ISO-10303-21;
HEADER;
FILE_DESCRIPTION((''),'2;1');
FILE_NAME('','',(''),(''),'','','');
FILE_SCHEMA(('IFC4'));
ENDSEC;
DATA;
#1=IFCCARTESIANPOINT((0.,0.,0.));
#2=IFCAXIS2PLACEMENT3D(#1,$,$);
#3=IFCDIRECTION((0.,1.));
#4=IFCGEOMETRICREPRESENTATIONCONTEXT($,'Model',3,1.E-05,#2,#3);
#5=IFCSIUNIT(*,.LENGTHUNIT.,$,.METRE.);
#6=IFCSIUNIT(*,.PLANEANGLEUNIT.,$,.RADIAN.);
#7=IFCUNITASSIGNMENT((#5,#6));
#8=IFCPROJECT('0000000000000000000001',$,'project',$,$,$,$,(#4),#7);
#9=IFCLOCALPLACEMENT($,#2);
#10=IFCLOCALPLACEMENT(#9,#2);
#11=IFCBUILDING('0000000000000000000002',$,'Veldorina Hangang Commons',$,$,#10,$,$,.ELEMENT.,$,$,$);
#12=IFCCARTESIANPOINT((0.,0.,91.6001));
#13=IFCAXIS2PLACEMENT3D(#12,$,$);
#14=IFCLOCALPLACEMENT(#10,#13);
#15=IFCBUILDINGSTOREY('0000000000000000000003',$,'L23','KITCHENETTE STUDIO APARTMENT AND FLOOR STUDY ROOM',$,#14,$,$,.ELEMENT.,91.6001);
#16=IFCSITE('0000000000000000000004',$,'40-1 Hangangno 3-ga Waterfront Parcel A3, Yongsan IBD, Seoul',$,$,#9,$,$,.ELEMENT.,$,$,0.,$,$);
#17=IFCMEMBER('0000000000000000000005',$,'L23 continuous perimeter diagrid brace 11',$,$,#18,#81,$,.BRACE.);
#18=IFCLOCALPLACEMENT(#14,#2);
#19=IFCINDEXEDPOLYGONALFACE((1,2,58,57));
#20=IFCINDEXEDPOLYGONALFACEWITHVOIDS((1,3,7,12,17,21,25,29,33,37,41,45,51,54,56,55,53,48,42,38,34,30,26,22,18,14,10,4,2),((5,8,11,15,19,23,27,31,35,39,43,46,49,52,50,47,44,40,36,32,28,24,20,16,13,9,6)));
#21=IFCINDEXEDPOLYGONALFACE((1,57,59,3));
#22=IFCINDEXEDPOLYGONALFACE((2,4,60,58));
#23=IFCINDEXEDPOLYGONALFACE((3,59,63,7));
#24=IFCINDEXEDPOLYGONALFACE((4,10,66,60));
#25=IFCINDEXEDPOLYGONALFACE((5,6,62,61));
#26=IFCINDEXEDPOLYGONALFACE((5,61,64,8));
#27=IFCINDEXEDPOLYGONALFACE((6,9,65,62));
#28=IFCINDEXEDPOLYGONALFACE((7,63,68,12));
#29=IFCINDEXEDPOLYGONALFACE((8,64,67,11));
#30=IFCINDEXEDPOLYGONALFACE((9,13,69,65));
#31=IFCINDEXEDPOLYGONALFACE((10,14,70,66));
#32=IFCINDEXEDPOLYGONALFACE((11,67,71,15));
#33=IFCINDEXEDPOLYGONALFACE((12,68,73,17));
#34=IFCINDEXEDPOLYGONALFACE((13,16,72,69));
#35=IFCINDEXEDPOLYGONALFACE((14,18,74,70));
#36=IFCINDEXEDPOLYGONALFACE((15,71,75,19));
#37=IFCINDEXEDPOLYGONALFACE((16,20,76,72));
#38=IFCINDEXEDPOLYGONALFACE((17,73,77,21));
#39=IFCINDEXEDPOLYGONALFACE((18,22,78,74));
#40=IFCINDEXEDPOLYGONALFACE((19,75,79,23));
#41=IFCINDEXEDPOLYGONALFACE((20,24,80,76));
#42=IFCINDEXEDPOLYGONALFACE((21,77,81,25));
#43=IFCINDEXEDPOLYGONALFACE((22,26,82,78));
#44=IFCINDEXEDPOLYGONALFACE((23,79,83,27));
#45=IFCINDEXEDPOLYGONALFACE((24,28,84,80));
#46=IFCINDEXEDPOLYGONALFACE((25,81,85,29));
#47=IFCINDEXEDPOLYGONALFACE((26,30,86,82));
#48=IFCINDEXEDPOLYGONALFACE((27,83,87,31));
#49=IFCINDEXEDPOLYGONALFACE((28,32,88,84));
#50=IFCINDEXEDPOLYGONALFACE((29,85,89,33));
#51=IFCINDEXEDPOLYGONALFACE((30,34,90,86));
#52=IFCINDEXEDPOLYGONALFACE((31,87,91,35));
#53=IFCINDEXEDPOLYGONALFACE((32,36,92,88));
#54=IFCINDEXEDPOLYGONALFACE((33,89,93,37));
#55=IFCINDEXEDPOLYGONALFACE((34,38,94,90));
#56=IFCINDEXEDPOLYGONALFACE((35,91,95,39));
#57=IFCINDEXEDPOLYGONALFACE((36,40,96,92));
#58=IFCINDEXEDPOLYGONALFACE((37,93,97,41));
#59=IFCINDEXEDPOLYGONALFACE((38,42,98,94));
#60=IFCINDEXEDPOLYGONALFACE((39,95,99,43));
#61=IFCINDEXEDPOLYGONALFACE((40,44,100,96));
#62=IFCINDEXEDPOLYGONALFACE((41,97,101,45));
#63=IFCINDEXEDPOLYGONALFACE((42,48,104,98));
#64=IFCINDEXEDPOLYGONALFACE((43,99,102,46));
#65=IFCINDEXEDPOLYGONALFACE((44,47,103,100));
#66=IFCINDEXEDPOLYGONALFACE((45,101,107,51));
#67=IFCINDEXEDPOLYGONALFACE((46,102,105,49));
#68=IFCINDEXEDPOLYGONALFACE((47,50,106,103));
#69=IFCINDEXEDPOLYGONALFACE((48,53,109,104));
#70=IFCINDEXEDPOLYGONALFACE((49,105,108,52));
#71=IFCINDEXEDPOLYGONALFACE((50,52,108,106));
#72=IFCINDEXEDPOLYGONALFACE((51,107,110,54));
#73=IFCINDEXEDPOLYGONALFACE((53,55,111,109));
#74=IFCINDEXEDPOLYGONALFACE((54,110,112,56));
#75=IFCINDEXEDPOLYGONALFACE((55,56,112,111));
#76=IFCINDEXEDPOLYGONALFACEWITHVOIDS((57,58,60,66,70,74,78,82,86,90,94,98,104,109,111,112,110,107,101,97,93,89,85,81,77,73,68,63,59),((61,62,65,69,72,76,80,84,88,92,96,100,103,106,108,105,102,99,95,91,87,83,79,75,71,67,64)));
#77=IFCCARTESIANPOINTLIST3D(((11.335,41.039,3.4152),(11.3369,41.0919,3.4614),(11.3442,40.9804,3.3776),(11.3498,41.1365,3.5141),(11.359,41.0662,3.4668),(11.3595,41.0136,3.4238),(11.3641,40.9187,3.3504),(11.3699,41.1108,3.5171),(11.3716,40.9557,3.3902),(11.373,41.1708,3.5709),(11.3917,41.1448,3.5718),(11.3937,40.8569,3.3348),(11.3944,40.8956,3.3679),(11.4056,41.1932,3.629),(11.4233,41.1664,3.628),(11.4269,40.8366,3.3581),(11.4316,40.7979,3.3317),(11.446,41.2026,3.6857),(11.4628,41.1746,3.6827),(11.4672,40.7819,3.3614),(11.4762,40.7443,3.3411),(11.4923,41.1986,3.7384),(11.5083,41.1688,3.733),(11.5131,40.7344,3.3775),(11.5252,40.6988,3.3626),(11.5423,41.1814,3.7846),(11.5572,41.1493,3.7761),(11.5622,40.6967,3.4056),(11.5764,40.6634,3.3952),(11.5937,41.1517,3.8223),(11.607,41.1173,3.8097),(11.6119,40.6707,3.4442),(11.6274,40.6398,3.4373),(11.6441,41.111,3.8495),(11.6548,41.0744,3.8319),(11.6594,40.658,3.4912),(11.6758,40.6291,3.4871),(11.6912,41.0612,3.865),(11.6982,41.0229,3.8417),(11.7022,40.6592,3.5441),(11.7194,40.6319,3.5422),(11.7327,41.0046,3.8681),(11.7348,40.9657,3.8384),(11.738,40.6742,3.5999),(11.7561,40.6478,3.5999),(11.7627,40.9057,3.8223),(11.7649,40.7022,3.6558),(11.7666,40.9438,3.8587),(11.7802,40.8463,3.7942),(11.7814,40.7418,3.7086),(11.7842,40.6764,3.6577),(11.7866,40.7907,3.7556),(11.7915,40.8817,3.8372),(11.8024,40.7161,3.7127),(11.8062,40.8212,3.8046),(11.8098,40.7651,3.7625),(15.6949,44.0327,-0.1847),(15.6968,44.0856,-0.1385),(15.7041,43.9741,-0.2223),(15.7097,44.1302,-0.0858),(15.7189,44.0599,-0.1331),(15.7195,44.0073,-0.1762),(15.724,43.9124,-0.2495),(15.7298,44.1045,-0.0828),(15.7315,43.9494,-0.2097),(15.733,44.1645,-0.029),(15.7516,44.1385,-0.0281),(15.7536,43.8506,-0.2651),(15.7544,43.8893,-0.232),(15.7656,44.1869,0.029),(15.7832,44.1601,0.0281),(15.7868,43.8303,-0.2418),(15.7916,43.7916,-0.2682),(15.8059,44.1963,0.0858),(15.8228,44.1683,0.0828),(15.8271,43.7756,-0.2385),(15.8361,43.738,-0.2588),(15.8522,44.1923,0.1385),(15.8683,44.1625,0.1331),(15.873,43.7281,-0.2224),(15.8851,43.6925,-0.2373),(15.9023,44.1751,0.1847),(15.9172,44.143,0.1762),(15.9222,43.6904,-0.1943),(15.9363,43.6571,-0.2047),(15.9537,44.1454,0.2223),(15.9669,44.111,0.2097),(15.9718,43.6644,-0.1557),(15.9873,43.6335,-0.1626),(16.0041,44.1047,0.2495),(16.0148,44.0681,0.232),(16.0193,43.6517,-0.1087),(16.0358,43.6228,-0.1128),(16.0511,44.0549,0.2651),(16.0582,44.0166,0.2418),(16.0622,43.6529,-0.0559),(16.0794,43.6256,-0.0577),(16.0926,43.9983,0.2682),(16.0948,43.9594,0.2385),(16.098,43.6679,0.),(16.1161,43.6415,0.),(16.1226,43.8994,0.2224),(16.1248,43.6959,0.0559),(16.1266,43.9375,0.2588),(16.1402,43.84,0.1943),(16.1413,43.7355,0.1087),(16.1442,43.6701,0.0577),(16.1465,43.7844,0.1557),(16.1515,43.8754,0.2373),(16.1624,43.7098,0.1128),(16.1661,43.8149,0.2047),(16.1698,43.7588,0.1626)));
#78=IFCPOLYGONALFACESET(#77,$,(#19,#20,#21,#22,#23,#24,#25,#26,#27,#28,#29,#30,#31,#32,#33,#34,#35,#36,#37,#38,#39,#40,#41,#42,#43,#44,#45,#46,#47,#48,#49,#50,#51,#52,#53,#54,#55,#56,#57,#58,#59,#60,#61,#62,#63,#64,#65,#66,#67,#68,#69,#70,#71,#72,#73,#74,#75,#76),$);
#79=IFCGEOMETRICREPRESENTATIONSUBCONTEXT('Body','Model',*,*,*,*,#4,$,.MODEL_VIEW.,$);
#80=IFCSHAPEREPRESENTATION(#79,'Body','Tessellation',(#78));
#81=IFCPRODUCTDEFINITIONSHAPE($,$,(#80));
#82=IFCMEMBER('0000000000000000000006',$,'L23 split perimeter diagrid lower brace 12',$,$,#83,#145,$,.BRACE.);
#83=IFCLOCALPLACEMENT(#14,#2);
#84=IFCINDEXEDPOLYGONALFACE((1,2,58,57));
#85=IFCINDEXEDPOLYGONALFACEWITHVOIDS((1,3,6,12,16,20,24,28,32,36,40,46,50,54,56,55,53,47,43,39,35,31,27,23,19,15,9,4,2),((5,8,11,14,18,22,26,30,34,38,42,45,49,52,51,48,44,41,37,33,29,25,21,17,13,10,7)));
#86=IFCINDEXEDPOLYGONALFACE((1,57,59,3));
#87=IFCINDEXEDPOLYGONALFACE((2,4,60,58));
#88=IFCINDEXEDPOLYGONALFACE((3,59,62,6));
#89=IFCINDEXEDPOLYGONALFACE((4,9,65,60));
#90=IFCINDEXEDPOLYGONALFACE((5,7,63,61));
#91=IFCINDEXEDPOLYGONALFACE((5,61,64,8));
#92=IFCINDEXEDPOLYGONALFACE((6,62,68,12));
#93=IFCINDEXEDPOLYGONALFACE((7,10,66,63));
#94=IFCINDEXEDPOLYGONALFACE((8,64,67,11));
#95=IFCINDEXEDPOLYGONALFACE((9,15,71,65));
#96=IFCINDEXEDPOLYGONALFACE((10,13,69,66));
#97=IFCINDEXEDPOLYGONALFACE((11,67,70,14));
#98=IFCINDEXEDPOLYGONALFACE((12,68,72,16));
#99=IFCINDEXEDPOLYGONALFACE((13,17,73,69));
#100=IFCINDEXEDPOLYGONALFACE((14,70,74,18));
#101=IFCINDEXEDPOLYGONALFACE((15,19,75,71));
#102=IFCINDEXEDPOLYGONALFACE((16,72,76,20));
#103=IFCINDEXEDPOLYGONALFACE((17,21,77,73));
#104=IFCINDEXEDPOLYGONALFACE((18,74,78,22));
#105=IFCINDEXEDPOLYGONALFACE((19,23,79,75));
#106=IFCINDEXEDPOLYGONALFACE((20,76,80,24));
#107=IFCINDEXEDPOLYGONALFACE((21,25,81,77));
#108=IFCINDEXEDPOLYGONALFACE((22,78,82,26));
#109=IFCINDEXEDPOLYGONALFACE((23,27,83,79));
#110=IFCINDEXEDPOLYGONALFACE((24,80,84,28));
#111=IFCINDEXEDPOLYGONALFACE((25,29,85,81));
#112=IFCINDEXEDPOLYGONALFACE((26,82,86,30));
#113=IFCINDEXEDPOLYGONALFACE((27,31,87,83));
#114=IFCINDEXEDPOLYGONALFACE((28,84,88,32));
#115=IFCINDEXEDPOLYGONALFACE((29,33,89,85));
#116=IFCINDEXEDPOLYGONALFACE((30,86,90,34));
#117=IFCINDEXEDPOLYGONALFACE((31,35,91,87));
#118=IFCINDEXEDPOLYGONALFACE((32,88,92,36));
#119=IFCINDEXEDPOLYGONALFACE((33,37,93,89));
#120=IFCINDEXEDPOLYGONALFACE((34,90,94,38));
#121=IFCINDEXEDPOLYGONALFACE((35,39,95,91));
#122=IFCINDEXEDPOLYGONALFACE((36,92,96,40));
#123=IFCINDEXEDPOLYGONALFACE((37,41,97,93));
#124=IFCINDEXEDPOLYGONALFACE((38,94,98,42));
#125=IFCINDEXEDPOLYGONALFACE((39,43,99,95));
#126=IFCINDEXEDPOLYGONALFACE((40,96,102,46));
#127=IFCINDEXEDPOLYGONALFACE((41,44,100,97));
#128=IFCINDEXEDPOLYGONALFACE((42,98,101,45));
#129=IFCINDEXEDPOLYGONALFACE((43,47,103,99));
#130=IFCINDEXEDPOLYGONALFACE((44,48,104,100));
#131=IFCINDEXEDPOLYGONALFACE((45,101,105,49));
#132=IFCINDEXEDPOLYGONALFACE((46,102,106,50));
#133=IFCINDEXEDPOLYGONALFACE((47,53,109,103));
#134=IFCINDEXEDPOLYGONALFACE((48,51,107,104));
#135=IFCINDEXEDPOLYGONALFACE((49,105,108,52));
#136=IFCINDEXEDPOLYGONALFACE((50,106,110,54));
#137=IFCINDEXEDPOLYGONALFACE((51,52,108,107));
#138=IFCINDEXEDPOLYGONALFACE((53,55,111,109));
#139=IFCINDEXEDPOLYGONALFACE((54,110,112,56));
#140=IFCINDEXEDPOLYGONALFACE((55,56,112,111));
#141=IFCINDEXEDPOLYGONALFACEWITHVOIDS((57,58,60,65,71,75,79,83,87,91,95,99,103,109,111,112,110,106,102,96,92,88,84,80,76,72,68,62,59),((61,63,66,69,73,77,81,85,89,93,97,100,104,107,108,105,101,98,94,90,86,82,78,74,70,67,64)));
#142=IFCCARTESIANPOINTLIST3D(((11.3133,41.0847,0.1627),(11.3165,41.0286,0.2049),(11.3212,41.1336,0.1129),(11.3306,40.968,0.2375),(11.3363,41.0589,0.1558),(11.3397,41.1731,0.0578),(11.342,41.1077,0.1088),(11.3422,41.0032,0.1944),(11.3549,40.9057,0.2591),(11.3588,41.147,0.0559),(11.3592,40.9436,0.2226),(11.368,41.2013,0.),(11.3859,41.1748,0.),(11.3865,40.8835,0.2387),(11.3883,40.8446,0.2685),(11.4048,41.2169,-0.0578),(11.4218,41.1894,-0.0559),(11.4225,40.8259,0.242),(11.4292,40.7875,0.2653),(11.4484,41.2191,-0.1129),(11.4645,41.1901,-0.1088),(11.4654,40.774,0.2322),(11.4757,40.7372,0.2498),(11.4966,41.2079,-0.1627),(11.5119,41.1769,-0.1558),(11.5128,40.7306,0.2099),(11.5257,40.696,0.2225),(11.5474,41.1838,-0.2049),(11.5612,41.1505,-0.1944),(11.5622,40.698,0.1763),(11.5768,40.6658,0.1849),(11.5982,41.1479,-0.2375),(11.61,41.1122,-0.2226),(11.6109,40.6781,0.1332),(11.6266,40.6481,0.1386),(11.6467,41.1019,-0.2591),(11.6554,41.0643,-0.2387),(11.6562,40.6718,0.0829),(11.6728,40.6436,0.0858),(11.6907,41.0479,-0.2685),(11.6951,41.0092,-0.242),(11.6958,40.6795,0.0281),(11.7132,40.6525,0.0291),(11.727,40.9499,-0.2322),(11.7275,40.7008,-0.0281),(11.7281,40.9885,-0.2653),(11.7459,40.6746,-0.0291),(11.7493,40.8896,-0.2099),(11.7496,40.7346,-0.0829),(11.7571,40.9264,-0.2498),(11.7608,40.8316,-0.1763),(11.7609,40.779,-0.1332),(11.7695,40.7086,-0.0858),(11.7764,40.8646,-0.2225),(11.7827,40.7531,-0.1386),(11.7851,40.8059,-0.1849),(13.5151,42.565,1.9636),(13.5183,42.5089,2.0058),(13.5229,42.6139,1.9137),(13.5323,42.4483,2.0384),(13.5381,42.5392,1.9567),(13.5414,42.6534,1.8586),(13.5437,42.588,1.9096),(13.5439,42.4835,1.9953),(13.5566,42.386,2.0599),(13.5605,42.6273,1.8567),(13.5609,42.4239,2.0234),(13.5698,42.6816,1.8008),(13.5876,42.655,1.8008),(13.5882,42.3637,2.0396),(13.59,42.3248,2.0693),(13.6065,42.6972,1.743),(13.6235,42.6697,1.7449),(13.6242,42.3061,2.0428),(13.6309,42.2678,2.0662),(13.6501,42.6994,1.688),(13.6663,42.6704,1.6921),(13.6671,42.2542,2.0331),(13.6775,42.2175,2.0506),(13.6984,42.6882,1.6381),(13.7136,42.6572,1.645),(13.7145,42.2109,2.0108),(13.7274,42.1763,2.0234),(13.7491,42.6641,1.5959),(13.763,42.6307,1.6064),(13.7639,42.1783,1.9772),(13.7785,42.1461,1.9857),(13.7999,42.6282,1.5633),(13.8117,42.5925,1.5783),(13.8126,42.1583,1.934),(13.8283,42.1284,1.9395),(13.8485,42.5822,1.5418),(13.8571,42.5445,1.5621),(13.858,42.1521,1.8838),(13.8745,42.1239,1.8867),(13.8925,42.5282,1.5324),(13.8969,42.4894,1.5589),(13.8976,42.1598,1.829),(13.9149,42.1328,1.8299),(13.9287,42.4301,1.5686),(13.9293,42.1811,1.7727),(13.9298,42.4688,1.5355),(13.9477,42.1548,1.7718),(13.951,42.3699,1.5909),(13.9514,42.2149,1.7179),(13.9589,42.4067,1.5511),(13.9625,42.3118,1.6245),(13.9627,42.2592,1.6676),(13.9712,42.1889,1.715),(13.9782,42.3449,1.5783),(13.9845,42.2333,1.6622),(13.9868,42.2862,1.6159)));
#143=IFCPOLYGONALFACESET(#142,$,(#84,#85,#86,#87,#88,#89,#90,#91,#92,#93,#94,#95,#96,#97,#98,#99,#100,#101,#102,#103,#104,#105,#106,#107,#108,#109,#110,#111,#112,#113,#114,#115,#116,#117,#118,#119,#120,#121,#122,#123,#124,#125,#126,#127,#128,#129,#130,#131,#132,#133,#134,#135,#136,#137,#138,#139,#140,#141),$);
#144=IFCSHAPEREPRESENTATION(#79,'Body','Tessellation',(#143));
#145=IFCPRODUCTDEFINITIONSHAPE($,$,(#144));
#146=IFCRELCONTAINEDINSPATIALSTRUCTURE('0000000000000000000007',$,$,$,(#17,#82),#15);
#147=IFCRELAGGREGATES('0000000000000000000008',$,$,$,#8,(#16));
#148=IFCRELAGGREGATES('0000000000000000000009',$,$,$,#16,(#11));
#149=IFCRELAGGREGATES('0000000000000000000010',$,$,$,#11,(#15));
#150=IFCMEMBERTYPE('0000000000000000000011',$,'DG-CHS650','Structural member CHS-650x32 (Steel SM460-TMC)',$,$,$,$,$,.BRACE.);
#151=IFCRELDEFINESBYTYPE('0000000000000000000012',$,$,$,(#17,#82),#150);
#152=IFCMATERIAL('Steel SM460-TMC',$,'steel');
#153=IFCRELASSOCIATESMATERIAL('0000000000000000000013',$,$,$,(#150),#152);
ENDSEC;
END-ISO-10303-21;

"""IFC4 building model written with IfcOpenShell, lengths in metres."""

from ifc_helpers import new_model, si_unit, direction, frame, origin, origin_2d, place, context, subcontext, project, spatial, hollow_circle, extrude, material, material_profile, profile_set, type_object, element, save


model = new_model("IFC4")

# Units and contexts
model_context = context("Model", 3, precision=1e-05, world=origin(), true_north=direction((0.0, 1.0)))
body_context = subcontext(model_context, "Body", "Model", "MODEL_VIEW")
ifc_project = project(units=[si_unit("LENGTHUNIT", "METRE"), si_unit("PLANEANGLEUNIT", "RADIAN")], contexts=[model_context])

# Site, building, storey
site_placement = place(None, origin())
site = spatial("IfcSite", under=ifc_project, at=site_placement, Name="40-1 Hangangno 3-ga Waterfront Parcel A3, Yongsan IBD, Seoul", CompositionType="ELEMENT", RefElevation=0.0)
building_placement = place(site_placement, origin())
building = spatial("IfcBuilding", under=site, at=building_placement, Name="Veldorina Hangang Commons", CompositionType="ELEMENT")
storey_placement = place(building_placement, frame((0.0, 0.0, 91.6001)))
storey = spatial("IfcBuildingStorey", under=building, at=storey_placement, Name="L23", Description="KITCHENETTE STUDIO APARTMENT AND FLOOR STUDY ROOM", CompositionType="ELEMENT", Elevation=91.6001)

# Members
ifc_material_1 = material(Name="Steel SM460-TMC", Category="steel")
ifc_material_profile_1 = material_profile(ifc_material_1, hollow_circle(Radius=0.325, WallThickness=0.032, at=origin_2d()), Name="CHS-650x32")
ifc_profile_set_1 = profile_set([ifc_material_profile_1], Name="Steel SM460-TMC")
member_type = type_object("IfcMemberType", Name="DG-CHS650", Description="Structural member CHS-650x32 (Steel SM460-TMC)", PredefinedType="BRACE", material=ifc_profile_set_1)
member_1_placement = place(storey_placement, frame((15.9321, 43.9094, 0.0), z_axis=(-0.681484, -0.467934, 0.562688), x_axis=(0.566047, -0.824373, 0.0)))
element("IfcMember", 1, at=member_1_placement, inside=storey, type_object=member_type, Name="L23 continuous perimeter diagrid brace 11", PredefinedType="BRACE", context=body_context, shape_type="SweptSolid", body=[
    extrude(hollow_circle(Radius=0.325, WallThickness=0.032, at=origin_2d()), origin(), (0.0, 0.0, 1.0), 6.3977),
])
member_2_placement = place(storey_placement, frame((11.5493, 40.9316, 0.0), z_axis=(0.686639, 0.461643, 0.561616), x_axis=(-0.557945, 0.829878, 0.0)))
element("IfcMember", 2, at=member_2_placement, inside=storey, type_object=member_type, Name="L23 split perimeter diagrid lower brace 12", PredefinedType="BRACE", context=body_context, shape_type="SweptSolid", body=[
    extrude(hollow_circle(Radius=0.325, WallThickness=0.032, at=origin_2d()), origin(), (0.0, 0.0, 1.0), 3.2065),
])

save(model, "model.ifc")
